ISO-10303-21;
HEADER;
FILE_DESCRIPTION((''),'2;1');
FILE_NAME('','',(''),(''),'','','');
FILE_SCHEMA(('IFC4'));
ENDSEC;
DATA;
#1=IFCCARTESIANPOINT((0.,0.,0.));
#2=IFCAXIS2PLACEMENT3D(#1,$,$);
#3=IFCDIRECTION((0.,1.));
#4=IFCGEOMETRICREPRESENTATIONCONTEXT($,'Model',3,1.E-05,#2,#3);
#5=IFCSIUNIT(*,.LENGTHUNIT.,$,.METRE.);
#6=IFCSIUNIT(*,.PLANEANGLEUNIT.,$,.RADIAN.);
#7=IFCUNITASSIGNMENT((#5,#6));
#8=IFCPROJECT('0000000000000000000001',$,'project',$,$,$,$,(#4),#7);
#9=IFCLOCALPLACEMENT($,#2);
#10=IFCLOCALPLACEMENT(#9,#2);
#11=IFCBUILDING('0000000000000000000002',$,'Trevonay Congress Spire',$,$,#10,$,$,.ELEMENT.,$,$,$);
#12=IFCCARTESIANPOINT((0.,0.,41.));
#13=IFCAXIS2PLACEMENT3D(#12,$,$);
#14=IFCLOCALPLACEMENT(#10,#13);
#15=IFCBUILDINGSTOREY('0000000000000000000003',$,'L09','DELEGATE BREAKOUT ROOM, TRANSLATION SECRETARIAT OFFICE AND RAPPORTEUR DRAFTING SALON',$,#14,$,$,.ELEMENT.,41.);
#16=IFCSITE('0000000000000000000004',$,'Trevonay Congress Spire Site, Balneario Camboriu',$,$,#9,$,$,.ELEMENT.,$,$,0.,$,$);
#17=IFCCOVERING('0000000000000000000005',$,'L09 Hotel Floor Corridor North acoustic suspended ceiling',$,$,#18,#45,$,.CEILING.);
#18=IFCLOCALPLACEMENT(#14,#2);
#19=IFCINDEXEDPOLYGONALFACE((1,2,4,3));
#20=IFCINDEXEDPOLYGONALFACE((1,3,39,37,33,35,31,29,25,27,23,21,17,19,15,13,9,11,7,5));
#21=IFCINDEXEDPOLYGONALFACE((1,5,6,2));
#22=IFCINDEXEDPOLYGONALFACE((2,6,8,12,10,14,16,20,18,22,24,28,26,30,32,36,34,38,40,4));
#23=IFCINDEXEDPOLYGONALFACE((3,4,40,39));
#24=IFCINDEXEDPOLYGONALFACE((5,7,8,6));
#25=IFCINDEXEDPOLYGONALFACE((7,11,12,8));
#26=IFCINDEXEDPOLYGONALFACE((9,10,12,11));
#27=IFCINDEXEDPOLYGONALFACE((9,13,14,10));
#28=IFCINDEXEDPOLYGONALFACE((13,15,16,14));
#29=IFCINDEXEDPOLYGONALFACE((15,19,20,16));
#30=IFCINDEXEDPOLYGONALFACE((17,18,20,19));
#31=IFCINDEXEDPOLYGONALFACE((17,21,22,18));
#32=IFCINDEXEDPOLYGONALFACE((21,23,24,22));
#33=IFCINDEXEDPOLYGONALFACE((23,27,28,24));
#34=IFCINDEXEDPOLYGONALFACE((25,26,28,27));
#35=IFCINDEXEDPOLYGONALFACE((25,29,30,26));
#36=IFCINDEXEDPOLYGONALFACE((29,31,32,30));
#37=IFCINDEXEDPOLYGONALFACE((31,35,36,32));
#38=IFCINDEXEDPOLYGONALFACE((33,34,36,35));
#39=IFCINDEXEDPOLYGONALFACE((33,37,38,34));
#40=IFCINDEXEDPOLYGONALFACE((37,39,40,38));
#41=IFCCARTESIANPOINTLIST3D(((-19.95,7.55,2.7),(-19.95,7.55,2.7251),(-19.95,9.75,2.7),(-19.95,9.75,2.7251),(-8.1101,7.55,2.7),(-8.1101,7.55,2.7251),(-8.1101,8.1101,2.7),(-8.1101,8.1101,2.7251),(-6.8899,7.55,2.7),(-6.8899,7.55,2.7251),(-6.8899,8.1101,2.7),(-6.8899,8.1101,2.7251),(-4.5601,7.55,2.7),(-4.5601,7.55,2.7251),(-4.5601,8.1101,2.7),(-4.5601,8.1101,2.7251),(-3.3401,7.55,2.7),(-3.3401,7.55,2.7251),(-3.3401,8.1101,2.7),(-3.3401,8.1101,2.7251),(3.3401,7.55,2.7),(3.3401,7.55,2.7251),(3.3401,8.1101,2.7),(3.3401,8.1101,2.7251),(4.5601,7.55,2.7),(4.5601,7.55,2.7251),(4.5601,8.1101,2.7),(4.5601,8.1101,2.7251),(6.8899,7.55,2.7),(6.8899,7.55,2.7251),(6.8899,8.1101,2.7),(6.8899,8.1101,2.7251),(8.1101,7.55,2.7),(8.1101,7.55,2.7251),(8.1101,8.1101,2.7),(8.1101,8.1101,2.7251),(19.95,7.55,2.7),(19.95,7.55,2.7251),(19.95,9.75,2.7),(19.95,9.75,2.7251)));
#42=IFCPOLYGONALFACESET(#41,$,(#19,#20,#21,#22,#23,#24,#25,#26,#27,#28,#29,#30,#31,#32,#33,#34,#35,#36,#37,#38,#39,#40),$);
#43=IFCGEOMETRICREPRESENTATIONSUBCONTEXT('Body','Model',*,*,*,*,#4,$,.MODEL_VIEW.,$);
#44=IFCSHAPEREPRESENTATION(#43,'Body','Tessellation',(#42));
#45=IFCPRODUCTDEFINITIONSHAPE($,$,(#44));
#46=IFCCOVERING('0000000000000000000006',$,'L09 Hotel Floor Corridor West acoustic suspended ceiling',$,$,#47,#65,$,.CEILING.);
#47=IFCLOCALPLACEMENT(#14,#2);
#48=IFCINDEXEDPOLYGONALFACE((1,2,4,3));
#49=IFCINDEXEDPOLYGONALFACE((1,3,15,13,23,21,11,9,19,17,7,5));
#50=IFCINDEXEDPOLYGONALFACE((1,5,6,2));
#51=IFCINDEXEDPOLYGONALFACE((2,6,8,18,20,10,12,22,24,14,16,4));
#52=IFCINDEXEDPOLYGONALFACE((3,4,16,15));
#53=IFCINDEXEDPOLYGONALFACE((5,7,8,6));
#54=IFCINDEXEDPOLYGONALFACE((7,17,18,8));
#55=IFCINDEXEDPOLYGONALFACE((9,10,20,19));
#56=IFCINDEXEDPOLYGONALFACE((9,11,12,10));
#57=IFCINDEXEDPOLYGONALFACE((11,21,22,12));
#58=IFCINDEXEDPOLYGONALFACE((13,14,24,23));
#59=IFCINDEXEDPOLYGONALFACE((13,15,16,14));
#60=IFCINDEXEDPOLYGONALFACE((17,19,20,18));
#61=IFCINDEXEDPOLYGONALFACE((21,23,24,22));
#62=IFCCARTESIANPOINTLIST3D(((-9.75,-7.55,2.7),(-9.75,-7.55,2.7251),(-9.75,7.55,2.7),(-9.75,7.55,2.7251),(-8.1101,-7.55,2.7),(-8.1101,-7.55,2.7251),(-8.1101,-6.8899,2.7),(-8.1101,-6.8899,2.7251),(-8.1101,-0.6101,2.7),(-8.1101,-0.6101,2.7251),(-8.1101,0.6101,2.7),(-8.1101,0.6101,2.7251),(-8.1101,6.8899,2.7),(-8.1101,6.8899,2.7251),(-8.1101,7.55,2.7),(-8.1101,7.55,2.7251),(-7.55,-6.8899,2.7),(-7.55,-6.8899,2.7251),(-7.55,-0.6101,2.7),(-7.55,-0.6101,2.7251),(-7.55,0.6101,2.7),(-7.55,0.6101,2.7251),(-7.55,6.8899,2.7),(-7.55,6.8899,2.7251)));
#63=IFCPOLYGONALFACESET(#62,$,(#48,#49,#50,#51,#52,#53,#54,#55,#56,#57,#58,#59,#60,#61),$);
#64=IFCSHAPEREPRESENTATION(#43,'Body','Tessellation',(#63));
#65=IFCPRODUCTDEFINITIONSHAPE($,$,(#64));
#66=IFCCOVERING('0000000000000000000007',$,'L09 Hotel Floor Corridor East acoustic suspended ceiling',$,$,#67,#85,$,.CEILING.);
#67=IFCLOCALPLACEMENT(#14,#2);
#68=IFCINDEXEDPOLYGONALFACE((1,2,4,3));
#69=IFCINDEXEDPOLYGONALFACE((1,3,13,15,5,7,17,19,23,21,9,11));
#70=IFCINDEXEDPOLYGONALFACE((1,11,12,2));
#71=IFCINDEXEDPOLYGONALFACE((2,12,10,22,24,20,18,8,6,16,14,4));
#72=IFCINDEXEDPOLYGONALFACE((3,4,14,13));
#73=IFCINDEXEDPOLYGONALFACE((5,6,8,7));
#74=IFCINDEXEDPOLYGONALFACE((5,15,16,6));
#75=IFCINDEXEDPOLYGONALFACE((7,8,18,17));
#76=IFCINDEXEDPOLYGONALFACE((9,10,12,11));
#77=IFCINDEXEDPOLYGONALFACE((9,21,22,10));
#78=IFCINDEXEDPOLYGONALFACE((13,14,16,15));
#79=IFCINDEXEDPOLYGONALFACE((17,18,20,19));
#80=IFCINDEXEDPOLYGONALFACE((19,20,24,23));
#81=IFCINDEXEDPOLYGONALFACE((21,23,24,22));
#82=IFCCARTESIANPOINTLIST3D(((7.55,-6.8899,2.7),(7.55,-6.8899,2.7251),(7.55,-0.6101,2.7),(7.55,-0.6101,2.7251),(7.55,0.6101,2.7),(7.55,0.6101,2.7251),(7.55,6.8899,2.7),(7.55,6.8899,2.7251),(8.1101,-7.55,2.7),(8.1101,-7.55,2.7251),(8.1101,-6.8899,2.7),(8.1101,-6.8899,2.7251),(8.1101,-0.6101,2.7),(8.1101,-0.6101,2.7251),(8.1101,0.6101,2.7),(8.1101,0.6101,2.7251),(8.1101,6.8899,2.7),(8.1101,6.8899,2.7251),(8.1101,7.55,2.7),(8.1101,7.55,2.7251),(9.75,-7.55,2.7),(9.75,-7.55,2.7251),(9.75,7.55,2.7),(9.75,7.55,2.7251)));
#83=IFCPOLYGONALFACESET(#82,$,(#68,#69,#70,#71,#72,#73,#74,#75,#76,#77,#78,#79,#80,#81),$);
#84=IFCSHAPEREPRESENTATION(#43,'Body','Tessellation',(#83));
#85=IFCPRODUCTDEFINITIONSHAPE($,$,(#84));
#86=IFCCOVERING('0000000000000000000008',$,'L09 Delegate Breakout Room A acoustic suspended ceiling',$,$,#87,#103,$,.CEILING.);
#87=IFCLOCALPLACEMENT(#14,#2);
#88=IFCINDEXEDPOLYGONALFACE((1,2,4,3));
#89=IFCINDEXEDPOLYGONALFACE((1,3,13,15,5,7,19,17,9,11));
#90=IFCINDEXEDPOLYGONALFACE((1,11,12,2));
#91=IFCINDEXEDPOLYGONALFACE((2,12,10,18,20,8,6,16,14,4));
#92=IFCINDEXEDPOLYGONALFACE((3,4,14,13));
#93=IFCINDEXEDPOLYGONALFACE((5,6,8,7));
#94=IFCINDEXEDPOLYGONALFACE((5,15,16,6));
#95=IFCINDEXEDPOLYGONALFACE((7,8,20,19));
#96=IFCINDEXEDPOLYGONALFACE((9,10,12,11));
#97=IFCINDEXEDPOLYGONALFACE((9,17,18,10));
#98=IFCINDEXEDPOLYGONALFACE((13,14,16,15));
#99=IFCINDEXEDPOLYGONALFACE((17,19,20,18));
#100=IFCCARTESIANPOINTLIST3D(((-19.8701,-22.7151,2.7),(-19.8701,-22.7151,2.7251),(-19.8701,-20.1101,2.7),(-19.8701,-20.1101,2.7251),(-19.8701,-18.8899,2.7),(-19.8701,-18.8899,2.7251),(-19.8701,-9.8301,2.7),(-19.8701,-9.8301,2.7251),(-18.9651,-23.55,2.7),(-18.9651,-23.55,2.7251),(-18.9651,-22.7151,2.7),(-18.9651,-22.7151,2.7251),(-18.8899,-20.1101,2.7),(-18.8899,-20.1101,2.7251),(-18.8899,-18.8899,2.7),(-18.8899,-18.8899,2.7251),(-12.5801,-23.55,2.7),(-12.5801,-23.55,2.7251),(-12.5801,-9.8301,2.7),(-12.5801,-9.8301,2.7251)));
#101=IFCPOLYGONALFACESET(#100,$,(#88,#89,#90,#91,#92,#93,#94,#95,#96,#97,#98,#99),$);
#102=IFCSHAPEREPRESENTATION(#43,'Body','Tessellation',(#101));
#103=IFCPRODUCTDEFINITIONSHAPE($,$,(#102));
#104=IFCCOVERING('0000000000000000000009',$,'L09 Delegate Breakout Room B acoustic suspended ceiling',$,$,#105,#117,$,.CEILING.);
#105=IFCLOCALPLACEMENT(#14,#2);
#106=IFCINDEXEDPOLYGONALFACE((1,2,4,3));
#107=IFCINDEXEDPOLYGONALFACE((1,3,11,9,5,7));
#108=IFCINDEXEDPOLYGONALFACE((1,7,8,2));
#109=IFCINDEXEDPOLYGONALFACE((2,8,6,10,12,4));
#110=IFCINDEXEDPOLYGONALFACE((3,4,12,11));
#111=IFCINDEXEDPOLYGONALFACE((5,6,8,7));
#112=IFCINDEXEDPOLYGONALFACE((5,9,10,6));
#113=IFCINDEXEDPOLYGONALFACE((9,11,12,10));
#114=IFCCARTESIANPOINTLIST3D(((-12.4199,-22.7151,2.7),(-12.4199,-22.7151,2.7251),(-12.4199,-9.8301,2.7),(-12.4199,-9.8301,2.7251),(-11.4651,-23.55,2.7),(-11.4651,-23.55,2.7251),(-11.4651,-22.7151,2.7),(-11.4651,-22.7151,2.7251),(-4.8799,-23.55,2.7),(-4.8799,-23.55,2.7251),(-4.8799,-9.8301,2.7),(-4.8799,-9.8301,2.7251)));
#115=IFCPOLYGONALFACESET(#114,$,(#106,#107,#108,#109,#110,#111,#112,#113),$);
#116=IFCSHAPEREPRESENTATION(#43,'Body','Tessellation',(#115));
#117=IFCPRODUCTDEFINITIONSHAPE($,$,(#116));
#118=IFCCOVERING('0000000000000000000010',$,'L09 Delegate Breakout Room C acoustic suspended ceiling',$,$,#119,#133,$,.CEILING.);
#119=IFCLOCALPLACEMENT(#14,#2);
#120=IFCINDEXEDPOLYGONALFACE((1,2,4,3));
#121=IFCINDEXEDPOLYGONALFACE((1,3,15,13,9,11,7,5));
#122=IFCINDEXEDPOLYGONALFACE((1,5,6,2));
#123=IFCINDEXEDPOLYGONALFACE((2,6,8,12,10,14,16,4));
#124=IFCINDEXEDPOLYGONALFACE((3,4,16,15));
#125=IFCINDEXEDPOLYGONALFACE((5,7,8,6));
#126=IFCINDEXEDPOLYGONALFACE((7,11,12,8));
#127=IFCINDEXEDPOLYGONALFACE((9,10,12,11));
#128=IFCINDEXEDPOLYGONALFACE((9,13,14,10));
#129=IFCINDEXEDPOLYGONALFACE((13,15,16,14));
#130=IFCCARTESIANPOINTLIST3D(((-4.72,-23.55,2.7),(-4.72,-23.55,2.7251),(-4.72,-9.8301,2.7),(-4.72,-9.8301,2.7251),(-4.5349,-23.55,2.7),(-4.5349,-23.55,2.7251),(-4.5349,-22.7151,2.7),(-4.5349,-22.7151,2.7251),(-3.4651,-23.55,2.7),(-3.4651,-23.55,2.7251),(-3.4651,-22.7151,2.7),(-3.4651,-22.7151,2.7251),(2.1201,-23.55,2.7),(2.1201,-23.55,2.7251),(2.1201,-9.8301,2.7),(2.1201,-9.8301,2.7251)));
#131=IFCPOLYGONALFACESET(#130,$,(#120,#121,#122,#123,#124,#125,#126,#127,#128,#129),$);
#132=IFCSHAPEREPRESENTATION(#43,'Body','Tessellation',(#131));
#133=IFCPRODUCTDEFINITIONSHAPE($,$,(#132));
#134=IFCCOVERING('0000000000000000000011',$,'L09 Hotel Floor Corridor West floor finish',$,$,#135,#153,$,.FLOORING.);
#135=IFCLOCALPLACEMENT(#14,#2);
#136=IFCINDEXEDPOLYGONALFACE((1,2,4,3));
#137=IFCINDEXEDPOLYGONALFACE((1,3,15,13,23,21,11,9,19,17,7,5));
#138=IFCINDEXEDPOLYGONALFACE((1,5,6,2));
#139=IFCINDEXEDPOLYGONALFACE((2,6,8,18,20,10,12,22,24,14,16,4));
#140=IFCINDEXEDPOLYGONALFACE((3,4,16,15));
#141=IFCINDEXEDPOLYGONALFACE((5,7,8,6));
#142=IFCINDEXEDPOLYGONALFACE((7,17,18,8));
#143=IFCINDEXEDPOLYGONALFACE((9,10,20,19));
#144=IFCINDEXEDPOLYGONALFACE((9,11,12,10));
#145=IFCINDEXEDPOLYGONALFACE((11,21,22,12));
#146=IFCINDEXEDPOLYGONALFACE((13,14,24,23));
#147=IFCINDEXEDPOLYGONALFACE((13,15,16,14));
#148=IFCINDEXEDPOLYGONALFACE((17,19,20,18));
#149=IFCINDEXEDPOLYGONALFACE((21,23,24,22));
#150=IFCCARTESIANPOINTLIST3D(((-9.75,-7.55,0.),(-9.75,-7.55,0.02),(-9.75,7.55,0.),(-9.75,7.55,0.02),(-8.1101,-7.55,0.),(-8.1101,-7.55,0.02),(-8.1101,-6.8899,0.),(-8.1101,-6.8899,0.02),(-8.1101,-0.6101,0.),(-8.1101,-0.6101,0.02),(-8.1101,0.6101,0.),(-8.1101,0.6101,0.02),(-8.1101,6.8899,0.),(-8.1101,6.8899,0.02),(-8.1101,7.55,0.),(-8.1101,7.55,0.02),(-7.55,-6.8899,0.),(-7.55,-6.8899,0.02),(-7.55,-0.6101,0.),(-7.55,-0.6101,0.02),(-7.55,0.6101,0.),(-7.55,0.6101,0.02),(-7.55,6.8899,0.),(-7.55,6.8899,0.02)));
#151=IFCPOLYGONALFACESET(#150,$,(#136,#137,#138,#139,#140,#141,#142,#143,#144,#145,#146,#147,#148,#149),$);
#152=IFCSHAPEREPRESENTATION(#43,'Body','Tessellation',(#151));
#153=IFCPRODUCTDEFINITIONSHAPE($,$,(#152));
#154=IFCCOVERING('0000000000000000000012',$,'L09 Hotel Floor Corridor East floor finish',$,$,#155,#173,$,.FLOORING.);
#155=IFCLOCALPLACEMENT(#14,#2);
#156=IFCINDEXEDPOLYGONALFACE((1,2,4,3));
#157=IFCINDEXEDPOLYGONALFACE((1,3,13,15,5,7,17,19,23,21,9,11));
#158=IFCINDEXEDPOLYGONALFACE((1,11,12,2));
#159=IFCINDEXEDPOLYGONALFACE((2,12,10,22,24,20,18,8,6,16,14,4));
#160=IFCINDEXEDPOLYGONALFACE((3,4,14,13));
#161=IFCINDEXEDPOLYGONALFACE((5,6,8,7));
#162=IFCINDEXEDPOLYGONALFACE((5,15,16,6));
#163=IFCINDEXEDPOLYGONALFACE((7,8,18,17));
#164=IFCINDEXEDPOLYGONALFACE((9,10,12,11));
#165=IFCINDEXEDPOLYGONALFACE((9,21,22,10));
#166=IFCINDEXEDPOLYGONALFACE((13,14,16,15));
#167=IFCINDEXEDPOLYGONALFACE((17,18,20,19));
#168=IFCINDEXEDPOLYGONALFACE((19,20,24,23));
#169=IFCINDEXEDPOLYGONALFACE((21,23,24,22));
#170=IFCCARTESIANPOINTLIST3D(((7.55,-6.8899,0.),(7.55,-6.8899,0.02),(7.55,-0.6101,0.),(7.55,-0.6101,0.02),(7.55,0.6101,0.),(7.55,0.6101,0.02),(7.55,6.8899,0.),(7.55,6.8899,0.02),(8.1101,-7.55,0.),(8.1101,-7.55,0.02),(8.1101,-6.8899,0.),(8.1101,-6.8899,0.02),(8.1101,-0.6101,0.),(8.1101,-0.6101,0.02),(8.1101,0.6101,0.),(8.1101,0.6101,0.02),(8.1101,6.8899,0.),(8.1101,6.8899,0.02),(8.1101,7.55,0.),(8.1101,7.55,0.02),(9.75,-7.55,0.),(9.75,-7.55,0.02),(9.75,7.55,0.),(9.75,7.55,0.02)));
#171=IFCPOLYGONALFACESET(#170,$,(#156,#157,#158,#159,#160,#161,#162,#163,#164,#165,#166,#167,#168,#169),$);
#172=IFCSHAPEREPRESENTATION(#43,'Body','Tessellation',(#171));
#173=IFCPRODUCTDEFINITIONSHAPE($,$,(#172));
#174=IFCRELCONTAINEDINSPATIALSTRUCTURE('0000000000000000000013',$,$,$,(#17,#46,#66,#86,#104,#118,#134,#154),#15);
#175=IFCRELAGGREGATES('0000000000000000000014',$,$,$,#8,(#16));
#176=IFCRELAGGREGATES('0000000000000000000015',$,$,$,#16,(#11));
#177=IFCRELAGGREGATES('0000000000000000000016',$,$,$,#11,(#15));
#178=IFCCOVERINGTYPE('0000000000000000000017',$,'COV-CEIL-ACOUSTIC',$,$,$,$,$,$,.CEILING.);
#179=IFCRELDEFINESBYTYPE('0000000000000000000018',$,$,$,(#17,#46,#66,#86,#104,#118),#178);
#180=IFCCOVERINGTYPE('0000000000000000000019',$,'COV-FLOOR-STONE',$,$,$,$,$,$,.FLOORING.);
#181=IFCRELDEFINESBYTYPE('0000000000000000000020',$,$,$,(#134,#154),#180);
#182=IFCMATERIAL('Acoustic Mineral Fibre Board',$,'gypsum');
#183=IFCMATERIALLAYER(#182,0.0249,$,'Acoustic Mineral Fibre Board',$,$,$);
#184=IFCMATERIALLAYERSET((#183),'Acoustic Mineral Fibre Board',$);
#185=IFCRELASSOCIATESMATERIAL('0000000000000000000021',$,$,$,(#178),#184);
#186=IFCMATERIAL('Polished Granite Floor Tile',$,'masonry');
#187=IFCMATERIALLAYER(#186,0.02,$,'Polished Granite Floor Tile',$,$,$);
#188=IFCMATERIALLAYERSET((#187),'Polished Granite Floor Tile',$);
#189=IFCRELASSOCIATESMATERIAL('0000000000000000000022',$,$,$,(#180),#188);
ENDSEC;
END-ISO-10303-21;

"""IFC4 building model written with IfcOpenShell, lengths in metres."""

from ifc_helpers import new_model, si_unit, direction, frame, origin, place, context, subcontext, project, spatial, polyline, outline, extrude, material, layer, layer_set, type_object, element, save


model = new_model("IFC4")

# Units and contexts
model_context = context("Model", 3, precision=1e-05, world=origin(), true_north=direction((0.0, 1.0)))
body_context = subcontext(model_context, "Body", "Model", "MODEL_VIEW")
ifc_project = project(units=[si_unit("LENGTHUNIT", "METRE"), si_unit("PLANEANGLEUNIT", "RADIAN")], contexts=[model_context])

# Site, building, storey
site_placement = place(None, origin())
site = spatial("IfcSite", under=ifc_project, at=site_placement, Name="Trevonay Congress Spire Site, Balneario Camboriu", CompositionType="ELEMENT", RefElevation=0.0)
building_placement = place(site_placement, origin())
building = spatial("IfcBuilding", under=site, at=building_placement, Name="Trevonay Congress Spire", CompositionType="ELEMENT")
storey_placement = place(building_placement, frame((0.0, 0.0, 41.0)))
storey = spatial("IfcBuildingStorey", under=building, at=storey_placement, Name="L09", Description="DELEGATE BREAKOUT ROOM, TRANSLATION SECRETARIAT OFFICE AND RAPPORTEUR DRAFTING SALON", CompositionType="ELEMENT", Elevation=41.0)

# Coverings
ifc_material_1 = material(Name="Acoustic Mineral Fibre Board", Category="gypsum")
ifc_layer_1 = layer(ifc_material_1, 0.0249, Name="Acoustic Mineral Fibre Board")
ifc_layer_set_1 = layer_set([ifc_layer_1], Name="Acoustic Mineral Fibre Board")
covering_type_1 = type_object("IfcCoveringType", Name="COV-CEIL-ACOUSTIC", PredefinedType="CEILING", material=ifc_layer_set_1)
covering_1_placement = place(storey_placement, frame((0.0, 0.0, 2.7)))
element("IfcCovering", 1, at=covering_1_placement, inside=storey, type_object=covering_type_1, Name="L09 Hotel Floor Corridor North acoustic suspended ceiling", PredefinedType="CEILING", context=body_context, shape_type="SweptSolid", body=[
    extrude(outline(polyline([(-19.95, 7.55), (-19.95, 9.75), (19.95, 9.75), (19.95, 7.55), (8.1101, 7.55), (8.1101, 8.1101), (6.8899, 8.1101), (6.8899, 7.55), (4.5601, 7.55), (4.5601, 8.1101), (3.3401, 8.1101), (3.3401, 7.55), (-3.3401, 7.55), (-3.3401, 8.1101), (-4.5601, 8.1101), (-4.5601, 7.55), (-6.8899, 7.55), (-6.8899, 8.1101), (-8.1101, 8.1101), (-8.1101, 7.55), (-19.95, 7.55)])), origin(), (0.0, 0.0, 1.0), 0.0251),
])
covering_2_placement = place(storey_placement, frame((0.0, 0.0, 2.7)))
element("IfcCovering", 2, at=covering_2_placement, inside=storey, type_object=covering_type_1, Name="L09 Hotel Floor Corridor West acoustic suspended ceiling", PredefinedType="CEILING", context=body_context, shape_type="SweptSolid", body=[
    extrude(outline(polyline([(-9.75, 7.55), (-8.1101, 7.55), (-8.1101, 6.8899), (-7.55, 6.8899), (-7.55, 0.6101), (-8.1101, 0.6101), (-8.1101, -0.6101), (-7.55, -0.6101), (-7.55, -6.8899), (-8.1101, -6.8899), (-8.1101, -7.55), (-9.75, -7.55), (-9.75, 7.55)])), origin(), (0.0, 0.0, 1.0), 0.0251),
])
covering_3_placement = place(storey_placement, frame((0.0, 0.0, 2.7)))
element("IfcCovering", 3, at=covering_3_placement, inside=storey, type_object=covering_type_1, Name="L09 Hotel Floor Corridor East acoustic suspended ceiling", PredefinedType="CEILING", context=body_context, shape_type="SweptSolid", body=[
    extrude(outline(polyline([(9.75, -7.55), (8.1101, -7.55), (8.1101, -6.8899), (7.55, -6.8899), (7.55, -0.6101), (8.1101, -0.6101), (8.1101, 0.6101), (7.55, 0.6101), (7.55, 6.8899), (8.1101, 6.8899), (8.1101, 7.55), (9.75, 7.55), (9.75, -7.55)])), origin(), (0.0, 0.0, 1.0), 0.0251),
])
covering_4_placement = place(storey_placement, frame((0.0, 0.0, 2.7)))
element("IfcCovering", 4, at=covering_4_placement, inside=storey, type_object=covering_type_1, Name="L09 Delegate Breakout Room A acoustic suspended ceiling", PredefinedType="CEILING", context=body_context, shape_type="SweptSolid", body=[
    extrude(outline(polyline([(-19.8701, -9.8301), (-12.5801, -9.8301), (-12.5801, -23.55), (-18.9651, -23.55), (-18.9651, -22.7151), (-19.8701, -22.7151), (-19.8701, -20.1101), (-18.8899, -20.1101), (-18.8899, -18.8899), (-19.8701, -18.8899), (-19.8701, -9.8301)])), origin(), (0.0, 0.0, 1.0), 0.0251),
])
covering_5_placement = place(storey_placement, frame((0.0, 0.0, 2.7)))
element("IfcCovering", 5, at=covering_5_placement, inside=storey, type_object=covering_type_1, Name="L09 Delegate Breakout Room B acoustic suspended ceiling", PredefinedType="CEILING", context=body_context, shape_type="SweptSolid", body=[
    extrude(outline(polyline([(-12.4199, -9.8301), (-4.8799, -9.8301), (-4.8799, -23.55), (-11.4651, -23.55), (-11.4651, -22.7151), (-12.4199, -22.7151), (-12.4199, -9.8301)])), origin(), (0.0, 0.0, 1.0), 0.0251),
])
covering_6_placement = place(storey_placement, frame((0.0, 0.0, 2.7)))
element("IfcCovering", 6, at=covering_6_placement, inside=storey, type_object=covering_type_1, Name="L09 Delegate Breakout Room C acoustic suspended ceiling", PredefinedType="CEILING", context=body_context, shape_type="SweptSolid", body=[
    extrude(outline(polyline([(-4.72, -23.55), (-4.72, -9.8301), (2.1201, -9.8301), (2.1201, -23.55), (-3.4651, -23.55), (-3.4651, -22.7151), (-4.5349, -22.7151), (-4.5349, -23.55), (-4.72, -23.55)])), origin(), (0.0, 0.0, 1.0), 0.0251),
])
ifc_material_2 = material(Name="Polished Granite Floor Tile", Category="masonry")
ifc_layer_2 = layer(ifc_material_2, 0.02, Name="Polished Granite Floor Tile")
ifc_layer_set_2 = layer_set([ifc_layer_2], Name="Polished Granite Floor Tile")
covering_type_2 = type_object("IfcCoveringType", Name="COV-FLOOR-STONE", PredefinedType="FLOORING", material=ifc_layer_set_2)
covering_7_placement = place(storey_placement, origin())
element("IfcCovering", 7, at=covering_7_placement, inside=storey, type_object=covering_type_2, Name="L09 Hotel Floor Corridor West floor finish", PredefinedType="FLOORING", context=body_context, shape_type="SweptSolid", body=[
    extrude(outline(polyline([(-9.75, 7.55), (-8.1101, 7.55), (-8.1101, 6.8899), (-7.55, 6.8899), (-7.55, 0.6101), (-8.1101, 0.6101), (-8.1101, -0.6101), (-7.55, -0.6101), (-7.55, -6.8899), (-8.1101, -6.8899), (-8.1101, -7.55), (-9.75, -7.55), (-9.75, 7.55)])), origin(), (0.0, 0.0, 1.0), 0.02),
])
covering_8_placement = place(storey_placement, origin())
element("IfcCovering", 8, at=covering_8_placement, inside=storey, type_object=covering_type_2, Name="L09 Hotel Floor Corridor East floor finish", PredefinedType="FLOORING", context=body_context, shape_type="SweptSolid", body=[
    extrude(outline(polyline([(9.75, -7.55), (8.1101, -7.55), (8.1101, -6.8899), (7.55, -6.8899), (7.55, -0.6101), (8.1101, -0.6101), (8.1101, 0.6101), (7.55, 0.6101), (7.55, 6.8899), (8.1101, 6.8899), (8.1101, 7.55), (9.75, 7.55), (9.75, -7.55)])), origin(), (0.0, 0.0, 1.0), 0.02),
])

save(model, "model.ifc")
